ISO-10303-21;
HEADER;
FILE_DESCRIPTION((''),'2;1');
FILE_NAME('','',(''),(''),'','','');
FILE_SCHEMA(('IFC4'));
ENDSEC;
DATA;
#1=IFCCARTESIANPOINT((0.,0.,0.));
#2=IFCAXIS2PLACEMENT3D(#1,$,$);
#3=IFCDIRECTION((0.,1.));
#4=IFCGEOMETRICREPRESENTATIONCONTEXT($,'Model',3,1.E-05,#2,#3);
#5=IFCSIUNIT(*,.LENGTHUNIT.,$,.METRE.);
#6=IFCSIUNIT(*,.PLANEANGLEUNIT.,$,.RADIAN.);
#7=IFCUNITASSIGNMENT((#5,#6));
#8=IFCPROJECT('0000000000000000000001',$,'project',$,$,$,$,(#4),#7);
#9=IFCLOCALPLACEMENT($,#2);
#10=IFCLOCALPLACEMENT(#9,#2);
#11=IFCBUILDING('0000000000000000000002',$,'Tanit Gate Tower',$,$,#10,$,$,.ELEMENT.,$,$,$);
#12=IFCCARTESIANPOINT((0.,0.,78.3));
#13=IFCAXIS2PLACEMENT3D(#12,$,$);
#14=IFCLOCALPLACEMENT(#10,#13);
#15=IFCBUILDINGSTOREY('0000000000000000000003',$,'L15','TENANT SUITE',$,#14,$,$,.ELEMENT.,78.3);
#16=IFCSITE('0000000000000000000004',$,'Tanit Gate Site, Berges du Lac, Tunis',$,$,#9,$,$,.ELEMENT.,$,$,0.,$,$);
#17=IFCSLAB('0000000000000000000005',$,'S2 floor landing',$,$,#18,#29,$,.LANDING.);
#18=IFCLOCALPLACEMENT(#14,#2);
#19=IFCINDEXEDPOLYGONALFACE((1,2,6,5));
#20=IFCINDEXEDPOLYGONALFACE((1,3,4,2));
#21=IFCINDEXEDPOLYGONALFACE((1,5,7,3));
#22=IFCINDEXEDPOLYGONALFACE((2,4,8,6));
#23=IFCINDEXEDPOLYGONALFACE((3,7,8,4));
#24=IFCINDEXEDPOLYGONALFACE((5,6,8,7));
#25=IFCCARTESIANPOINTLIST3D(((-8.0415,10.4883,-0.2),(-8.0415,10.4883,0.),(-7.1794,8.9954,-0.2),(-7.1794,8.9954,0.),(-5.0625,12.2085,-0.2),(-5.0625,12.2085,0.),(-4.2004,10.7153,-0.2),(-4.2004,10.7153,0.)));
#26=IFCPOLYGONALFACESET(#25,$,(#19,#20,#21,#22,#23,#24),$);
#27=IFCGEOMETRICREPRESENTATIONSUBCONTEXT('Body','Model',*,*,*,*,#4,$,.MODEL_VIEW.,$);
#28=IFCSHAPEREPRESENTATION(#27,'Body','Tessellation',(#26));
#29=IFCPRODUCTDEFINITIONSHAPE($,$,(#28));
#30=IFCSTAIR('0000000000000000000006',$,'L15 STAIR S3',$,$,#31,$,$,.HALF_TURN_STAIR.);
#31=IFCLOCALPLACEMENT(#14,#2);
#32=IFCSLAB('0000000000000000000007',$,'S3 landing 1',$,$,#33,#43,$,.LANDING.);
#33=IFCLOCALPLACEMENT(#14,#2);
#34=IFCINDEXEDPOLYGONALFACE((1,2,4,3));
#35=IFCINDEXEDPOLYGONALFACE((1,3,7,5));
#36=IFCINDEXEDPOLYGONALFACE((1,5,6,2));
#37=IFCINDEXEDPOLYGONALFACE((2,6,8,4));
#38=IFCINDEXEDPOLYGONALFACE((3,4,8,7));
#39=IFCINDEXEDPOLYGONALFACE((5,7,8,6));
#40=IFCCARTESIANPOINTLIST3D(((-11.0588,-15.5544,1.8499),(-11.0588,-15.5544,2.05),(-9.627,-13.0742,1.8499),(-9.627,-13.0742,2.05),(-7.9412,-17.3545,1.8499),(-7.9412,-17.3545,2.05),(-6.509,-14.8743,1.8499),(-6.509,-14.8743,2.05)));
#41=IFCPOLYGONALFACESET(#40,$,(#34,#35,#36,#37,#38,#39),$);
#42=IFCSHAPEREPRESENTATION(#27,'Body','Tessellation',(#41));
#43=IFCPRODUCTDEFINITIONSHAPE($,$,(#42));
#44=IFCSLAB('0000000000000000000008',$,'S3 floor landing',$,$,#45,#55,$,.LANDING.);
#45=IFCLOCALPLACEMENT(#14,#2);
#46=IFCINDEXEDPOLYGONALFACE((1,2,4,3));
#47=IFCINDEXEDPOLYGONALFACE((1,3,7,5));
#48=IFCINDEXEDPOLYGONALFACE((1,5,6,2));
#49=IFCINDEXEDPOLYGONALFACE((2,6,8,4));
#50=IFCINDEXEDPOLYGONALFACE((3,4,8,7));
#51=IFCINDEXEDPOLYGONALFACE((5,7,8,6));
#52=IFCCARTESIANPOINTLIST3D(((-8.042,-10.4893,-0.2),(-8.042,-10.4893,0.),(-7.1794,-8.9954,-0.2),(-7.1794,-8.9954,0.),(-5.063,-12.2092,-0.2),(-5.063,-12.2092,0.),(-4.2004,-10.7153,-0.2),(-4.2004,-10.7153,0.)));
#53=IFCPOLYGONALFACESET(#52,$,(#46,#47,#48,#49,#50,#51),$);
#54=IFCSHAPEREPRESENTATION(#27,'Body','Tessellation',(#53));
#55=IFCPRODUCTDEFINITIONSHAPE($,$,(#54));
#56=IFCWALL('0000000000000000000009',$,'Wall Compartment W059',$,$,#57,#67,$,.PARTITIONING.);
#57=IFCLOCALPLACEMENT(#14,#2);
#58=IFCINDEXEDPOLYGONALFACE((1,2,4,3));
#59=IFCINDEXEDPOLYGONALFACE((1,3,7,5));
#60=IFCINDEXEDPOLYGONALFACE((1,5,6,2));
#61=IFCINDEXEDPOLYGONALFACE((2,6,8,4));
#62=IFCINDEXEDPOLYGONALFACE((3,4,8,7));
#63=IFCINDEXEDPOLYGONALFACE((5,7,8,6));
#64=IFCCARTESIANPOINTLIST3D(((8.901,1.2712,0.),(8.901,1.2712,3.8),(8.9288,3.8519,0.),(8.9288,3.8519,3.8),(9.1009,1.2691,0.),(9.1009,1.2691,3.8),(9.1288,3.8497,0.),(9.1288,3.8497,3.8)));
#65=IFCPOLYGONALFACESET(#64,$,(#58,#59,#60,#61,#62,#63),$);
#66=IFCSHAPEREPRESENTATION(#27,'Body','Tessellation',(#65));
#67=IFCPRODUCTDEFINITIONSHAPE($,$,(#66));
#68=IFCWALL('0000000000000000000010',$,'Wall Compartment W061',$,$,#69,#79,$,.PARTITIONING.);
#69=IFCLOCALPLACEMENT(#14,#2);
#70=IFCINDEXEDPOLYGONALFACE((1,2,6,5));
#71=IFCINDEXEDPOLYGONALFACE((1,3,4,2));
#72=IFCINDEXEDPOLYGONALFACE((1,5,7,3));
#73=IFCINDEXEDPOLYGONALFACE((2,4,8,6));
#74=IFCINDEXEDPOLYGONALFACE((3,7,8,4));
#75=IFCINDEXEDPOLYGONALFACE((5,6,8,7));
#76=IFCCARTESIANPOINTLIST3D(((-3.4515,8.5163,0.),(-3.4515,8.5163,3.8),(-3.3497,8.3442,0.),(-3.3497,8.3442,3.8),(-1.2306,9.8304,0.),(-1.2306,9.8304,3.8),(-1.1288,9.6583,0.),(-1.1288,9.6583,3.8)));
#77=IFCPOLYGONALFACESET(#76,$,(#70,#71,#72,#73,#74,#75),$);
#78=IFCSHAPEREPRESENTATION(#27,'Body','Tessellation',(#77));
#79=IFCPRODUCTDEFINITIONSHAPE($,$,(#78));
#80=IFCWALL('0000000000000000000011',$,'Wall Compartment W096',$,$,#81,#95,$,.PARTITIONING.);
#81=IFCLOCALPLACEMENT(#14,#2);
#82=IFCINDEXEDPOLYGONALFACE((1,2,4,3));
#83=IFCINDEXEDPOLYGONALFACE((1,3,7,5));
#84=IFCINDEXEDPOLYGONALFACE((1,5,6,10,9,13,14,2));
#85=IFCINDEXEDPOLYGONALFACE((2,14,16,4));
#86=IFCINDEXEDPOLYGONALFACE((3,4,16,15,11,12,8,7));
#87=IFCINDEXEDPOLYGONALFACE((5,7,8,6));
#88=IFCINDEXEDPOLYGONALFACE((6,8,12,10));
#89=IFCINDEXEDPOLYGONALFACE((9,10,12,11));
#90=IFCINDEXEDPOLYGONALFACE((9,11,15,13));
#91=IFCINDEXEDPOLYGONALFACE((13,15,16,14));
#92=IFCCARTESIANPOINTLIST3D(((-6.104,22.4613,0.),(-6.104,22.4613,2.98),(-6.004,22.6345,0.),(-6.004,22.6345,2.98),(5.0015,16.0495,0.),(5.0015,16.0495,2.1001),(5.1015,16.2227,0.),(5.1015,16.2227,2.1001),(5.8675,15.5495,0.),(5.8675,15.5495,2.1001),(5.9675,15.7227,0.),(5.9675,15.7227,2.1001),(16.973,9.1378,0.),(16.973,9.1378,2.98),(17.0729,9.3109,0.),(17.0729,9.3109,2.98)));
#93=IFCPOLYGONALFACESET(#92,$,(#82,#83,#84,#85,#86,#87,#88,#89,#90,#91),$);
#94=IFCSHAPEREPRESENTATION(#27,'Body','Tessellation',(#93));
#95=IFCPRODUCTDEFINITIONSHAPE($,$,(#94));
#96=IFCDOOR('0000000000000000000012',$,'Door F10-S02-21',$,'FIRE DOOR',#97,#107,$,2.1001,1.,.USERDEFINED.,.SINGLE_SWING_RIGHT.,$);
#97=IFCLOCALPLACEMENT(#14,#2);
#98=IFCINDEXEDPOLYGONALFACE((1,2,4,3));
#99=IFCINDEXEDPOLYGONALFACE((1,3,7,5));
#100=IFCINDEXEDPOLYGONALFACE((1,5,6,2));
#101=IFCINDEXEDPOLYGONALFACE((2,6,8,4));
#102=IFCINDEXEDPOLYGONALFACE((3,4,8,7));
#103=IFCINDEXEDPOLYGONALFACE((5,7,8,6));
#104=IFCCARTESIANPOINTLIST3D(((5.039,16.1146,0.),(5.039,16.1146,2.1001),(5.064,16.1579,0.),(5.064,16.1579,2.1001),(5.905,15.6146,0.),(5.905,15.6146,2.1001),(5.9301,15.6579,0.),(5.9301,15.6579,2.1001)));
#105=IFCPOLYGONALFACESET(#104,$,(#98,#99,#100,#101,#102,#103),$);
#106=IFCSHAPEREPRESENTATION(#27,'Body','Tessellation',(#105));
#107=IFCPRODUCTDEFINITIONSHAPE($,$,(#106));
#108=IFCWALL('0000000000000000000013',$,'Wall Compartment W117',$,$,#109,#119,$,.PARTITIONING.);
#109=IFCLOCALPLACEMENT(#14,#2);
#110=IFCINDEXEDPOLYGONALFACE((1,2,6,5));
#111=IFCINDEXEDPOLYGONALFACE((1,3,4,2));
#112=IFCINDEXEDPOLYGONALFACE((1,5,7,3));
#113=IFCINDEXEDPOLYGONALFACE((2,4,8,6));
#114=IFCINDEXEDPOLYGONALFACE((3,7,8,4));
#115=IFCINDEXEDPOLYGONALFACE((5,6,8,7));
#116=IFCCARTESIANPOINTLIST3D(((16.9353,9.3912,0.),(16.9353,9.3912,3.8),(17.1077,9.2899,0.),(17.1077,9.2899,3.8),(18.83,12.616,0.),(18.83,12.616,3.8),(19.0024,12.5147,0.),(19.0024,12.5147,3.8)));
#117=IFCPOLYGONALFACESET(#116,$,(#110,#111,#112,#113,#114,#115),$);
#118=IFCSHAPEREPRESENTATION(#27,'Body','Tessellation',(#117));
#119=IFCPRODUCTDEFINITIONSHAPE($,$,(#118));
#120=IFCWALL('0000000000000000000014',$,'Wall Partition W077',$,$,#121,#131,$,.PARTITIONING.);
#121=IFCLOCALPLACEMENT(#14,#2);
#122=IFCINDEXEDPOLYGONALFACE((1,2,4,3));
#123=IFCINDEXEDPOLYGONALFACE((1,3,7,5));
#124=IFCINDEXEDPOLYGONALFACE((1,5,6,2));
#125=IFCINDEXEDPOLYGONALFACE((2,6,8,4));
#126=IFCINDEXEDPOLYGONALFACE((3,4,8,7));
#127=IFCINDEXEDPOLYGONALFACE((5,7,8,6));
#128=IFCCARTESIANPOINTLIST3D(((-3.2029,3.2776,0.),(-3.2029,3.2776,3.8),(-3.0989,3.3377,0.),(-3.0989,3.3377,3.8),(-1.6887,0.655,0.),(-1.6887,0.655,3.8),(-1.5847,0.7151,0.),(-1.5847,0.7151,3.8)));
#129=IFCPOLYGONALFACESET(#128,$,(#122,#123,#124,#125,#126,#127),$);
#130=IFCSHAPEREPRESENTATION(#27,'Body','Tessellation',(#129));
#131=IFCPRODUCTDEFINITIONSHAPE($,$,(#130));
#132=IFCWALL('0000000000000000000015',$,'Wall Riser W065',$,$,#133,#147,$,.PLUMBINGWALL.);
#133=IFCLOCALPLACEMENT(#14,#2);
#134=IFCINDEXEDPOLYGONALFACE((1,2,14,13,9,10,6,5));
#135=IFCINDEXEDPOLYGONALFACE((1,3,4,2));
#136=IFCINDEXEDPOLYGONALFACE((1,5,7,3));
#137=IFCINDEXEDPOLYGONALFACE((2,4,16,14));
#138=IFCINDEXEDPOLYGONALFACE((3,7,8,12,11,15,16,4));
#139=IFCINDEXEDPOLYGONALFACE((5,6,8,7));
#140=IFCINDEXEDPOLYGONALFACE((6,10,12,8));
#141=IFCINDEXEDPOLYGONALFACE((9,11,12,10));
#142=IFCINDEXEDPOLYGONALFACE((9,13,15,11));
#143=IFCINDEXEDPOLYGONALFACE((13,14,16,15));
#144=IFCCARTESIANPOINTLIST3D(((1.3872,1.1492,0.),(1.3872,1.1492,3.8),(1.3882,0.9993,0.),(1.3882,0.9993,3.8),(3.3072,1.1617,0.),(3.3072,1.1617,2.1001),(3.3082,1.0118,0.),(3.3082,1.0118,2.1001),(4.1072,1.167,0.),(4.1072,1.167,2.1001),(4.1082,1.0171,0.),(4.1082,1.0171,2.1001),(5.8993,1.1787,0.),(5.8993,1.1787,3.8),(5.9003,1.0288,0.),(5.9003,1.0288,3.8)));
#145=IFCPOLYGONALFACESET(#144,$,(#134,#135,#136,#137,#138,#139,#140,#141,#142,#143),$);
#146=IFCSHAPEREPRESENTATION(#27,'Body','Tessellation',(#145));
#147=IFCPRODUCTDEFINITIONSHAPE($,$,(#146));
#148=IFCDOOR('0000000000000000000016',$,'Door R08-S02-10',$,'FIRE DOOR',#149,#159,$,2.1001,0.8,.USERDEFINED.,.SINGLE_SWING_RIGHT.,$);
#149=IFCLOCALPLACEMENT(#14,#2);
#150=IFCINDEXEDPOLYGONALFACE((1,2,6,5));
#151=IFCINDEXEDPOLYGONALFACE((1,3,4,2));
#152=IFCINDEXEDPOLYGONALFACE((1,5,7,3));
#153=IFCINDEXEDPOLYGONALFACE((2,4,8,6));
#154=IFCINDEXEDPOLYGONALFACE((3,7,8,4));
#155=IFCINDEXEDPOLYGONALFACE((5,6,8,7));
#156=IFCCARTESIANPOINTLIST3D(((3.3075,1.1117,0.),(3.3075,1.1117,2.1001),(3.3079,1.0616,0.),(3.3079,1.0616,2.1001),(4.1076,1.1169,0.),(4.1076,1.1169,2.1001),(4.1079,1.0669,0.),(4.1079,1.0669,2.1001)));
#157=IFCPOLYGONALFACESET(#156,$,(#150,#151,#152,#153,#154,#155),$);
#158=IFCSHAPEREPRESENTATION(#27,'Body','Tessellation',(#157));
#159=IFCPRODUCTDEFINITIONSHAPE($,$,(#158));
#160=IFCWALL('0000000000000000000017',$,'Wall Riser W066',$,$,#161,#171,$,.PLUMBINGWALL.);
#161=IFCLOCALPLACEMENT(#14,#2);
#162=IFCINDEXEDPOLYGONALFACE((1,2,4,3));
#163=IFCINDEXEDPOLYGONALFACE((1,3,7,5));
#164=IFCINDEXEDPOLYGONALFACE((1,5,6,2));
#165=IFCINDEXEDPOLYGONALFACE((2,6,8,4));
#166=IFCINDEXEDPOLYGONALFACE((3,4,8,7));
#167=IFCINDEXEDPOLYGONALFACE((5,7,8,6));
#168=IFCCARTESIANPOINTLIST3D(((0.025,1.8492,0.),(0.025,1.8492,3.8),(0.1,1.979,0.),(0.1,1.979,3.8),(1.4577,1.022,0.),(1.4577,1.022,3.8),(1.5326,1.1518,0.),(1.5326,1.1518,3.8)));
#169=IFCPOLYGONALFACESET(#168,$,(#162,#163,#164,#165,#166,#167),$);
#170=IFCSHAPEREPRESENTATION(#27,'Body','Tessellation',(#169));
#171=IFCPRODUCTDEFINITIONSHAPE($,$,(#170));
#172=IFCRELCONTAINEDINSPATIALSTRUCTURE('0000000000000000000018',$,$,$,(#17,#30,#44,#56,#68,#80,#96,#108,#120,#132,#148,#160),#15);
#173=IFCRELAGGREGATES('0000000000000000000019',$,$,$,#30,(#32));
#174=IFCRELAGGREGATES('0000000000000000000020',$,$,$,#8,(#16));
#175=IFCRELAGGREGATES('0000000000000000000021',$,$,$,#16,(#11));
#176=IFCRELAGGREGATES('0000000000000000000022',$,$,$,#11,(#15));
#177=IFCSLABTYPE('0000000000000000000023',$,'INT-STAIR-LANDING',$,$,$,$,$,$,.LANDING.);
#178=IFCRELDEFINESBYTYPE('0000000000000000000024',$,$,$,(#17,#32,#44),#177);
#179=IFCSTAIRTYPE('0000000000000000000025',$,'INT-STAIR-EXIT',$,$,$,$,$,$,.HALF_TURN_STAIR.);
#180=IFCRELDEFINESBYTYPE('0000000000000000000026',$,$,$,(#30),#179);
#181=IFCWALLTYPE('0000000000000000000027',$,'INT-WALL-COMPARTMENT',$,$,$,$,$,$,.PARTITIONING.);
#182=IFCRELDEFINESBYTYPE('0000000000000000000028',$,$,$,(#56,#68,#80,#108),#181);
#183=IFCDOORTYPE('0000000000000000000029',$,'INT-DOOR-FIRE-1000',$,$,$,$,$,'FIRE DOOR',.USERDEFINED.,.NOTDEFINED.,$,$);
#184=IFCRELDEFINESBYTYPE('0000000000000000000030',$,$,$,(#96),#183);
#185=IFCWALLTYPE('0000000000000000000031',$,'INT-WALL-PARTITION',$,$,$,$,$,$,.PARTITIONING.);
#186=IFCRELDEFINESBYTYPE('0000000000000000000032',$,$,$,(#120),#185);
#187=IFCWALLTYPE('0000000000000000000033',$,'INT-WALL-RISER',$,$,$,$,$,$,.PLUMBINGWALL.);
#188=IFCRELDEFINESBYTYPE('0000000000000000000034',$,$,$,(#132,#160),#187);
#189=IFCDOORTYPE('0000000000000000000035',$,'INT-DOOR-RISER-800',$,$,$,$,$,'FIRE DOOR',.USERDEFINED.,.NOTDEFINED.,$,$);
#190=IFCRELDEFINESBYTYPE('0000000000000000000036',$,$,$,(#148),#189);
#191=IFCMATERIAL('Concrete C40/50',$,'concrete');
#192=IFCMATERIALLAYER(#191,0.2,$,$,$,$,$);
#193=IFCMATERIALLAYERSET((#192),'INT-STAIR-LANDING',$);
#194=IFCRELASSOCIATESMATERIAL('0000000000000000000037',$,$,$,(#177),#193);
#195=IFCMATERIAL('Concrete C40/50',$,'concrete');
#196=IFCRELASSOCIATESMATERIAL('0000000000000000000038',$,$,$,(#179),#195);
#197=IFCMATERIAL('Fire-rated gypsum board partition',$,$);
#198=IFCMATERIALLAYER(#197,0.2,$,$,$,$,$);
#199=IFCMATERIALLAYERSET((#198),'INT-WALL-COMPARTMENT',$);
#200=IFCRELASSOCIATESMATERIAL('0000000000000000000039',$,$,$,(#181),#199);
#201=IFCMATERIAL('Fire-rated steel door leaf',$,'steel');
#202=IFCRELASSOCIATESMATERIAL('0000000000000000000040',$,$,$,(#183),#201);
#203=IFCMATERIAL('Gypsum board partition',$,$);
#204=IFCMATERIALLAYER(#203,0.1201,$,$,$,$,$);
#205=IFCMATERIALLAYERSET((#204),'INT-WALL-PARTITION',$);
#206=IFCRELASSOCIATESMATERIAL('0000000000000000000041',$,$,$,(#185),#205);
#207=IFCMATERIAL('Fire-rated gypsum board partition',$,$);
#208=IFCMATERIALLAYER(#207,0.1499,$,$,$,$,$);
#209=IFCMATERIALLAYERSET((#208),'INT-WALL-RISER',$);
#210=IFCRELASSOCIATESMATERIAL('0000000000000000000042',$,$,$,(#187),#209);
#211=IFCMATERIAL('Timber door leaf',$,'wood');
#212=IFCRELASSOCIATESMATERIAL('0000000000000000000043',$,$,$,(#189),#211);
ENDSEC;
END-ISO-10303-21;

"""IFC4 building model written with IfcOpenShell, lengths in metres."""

from ifc_helpers import new_model, si_unit, direction, frame, frame_2d, origin, place, context, subcontext, project, spatial, polyline, rectangle, outline, extrude, material, layer, layer_set, type_object, element, fill, aggregate, save


model = new_model("IFC4")

# Units and contexts
model_context = context("Model", 3, precision=1e-05, world=origin(), true_north=direction((0.0, 1.0)))
body_context = subcontext(model_context, "Body", "Model", "MODEL_VIEW")
ifc_project = project(units=[si_unit("LENGTHUNIT", "METRE"), si_unit("PLANEANGLEUNIT", "RADIAN")], contexts=[model_context])

# Site, building, storey
site_placement = place(None, origin())
site = spatial("IfcSite", under=ifc_project, at=site_placement, Name="Tanit Gate Site, Berges du Lac, Tunis", CompositionType="ELEMENT", RefElevation=0.0)
building_placement = place(site_placement, origin())
building = spatial("IfcBuilding", under=site, at=building_placement, Name="Tanit Gate Tower", CompositionType="ELEMENT")
storey_placement = place(building_placement, frame((0.0, 0.0, 78.3)))
storey = spatial("IfcBuildingStorey", under=building, at=storey_placement, Name="L15", Description="TENANT SUITE", CompositionType="ELEMENT", Elevation=78.3)

# Slab
ifc_material_1 = material(Name="Concrete C40/50", Category="concrete")
ifc_layer_1 = layer(ifc_material_1, 0.2)
ifc_layer_set_1 = layer_set([ifc_layer_1], Name="INT-STAIR-LANDING")
slab_type = type_object("IfcSlabType", Name="INT-STAIR-LANDING", PredefinedType="LANDING", material=ifc_layer_set_1)
slab_1_placement = place(storey_placement, frame((0.0, 0.0, -0.2)))
element("IfcSlab", 1, at=slab_1_placement, inside=storey, type_object=slab_type, Name="S2 floor landing", PredefinedType="LANDING", context=body_context, shape_type="SweptSolid", body=[
    extrude(outline(polyline([(-4.2004, 10.7153), (-5.0625, 12.2085), (-8.0415, 10.4883), (-7.1794, 8.9954), (-4.2004, 10.7153)])), origin(), (0.0, 0.0, 1.0), 0.2),
])

# Stair, slab
ifc_material_2 = material(Name="Concrete C40/50", Category="concrete")
stair_type = type_object("IfcStairType", Name="INT-STAIR-EXIT", PredefinedType="HALF_TURN_STAIR", material=ifc_material_2)
stair_1_placement = place(storey_placement, origin())
stair_1 = element("IfcStair", 2, at=stair_1_placement, inside=storey, type_object=stair_type, Name="L15 STAIR S3", PredefinedType="HALF_TURN_STAIR")
slab_2_placement = place(storey_placement, frame((0.0, 0.0, 1.8499)))
slab_2 = element("IfcSlab", 3, at=slab_2_placement, type_object=slab_type, Name="S3 landing 1", PredefinedType="LANDING", context=body_context, shape_type="SweptSolid", body=[
    extrude(outline(polyline([(-9.627, -13.0742), (-11.0588, -15.5544), (-7.9412, -17.3545), (-6.509, -14.8743), (-9.627, -13.0742)])), origin(), (0.0, 0.0, 1.0), 0.2002),
])
aggregate(stair_1, [slab_2])

# Slab
slab_3_placement = place(storey_placement, frame((0.0, 0.0, -0.2)))
element("IfcSlab", 4, at=slab_3_placement, inside=storey, type_object=slab_type, Name="S3 floor landing", PredefinedType="LANDING", context=body_context, shape_type="SweptSolid", body=[
    extrude(outline(polyline([(-7.1794, -8.9954), (-8.042, -10.4893), (-5.063, -12.2092), (-4.2004, -10.7153), (-7.1794, -8.9954)])), origin(), (0.0, 0.0, 1.0), 0.2),
])

# Walls
ifc_material_3 = material(Name="Fire-rated gypsum board partition")
ifc_layer_2 = layer(ifc_material_3, 0.2)
ifc_layer_set_2 = layer_set([ifc_layer_2], Name="INT-WALL-COMPARTMENT")
wall_type_1 = type_object("IfcWallType", Name="INT-WALL-COMPARTMENT", PredefinedType="PARTITIONING", material=ifc_layer_set_2)
wall_1_placement = place(storey_placement, frame((9.001, 1.27, 0.0), z_axis=(0.0, 0.0, 1.0), x_axis=(0.010785, 0.999942, 0.0)))
element("IfcWall", 5, at=wall_1_placement, inside=storey, type_object=wall_type_1, Name="Wall Compartment W059", PredefinedType="PARTITIONING", context=body_context, shape_type="SweptSolid", body=[
    extrude(rectangle(XDim=2.5808, YDim=0.2, at=frame_2d((1.2905, 0.0))), origin(), (0.0, 0.0, 1.0), 3.8),
])
wall_2_placement = place(storey_placement, frame((-1.1797, 9.7444, 0.0), z_axis=(0.0, 0.0, 1.0), x_axis=(-0.860616, -0.509255, 0.0)))
element("IfcWall", 6, at=wall_2_placement, inside=storey, type_object=wall_type_1, Name="Wall Compartment W061", PredefinedType="PARTITIONING", context=body_context, shape_type="SweptSolid", body=[
    extrude(rectangle(XDim=2.5806, YDim=0.2, at=frame_2d((1.2903, 0.0))), origin(), (0.0, 0.0, 1.0), 3.8),
])

# Wall, opening, door
wall_3_placement = place(storey_placement, frame((17.0229, 9.2244, 0.0), z_axis=(0.0, 0.0, 1.0), x_axis=(-0.866025, 0.500001, 0.0)))
wall_3 = element("IfcWall", 7, at=wall_3_placement, inside=storey, type_object=wall_type_1, Name="Wall Compartment W096", PredefinedType="PARTITIONING", context=body_context, shape_type="SweptSolid", body=[
    extrude(rectangle(XDim=26.647, YDim=0.2, at=frame_2d((13.3235, 0.0))), origin(), (0.0, 0.0, 1.0), 2.98),
])
opening_1_placement = place(wall_3_placement, frame((12.8235, 0.0, 0.0)))
opening_1 = element("IfcOpeningElement", 8, at=opening_1_placement, cuts=wall_3, PredefinedType="OPENING", context=body_context, shape_type="SweptSolid", body=[
    extrude(rectangle(XDim=1.0, YDim=2.1001, at=frame_2d((0.5, 1.05))), frame((0.0, 0.1099, 0.0), z_axis=(0.0, -1.0, 0.0), x_axis=(1.0, 0.0, 0.0)), (0.0, 0.0, 1.0), 0.22),
])
ifc_material_4 = material(Name="Fire-rated steel door leaf", Category="steel")
door_type_1 = type_object("IfcDoorType", Name="INT-DOOR-FIRE-1000", ElementType="FIRE DOOR", OperationType="NOTDEFINED", PredefinedType="USERDEFINED", material=ifc_material_4)
door_1_placement = place(opening_1_placement, origin())
door_1 = element("IfcDoor", 9, at=door_1_placement, inside=storey, type_object=door_type_1, Name="Door F10-S02-21", ObjectType="FIRE DOOR", OperationType="SINGLE_SWING_RIGHT", OverallHeight=2.1001, OverallWidth=1.0, PredefinedType="USERDEFINED", context=body_context, shape_type="SweptSolid", body=[
    extrude(rectangle(XDim=1.0, YDim=2.1001, at=frame_2d((0.5, 1.05))), frame((0.0, 0.0249, 0.0), z_axis=(0.0, -1.0, 0.0), x_axis=(1.0, 0.0, 0.0)), (0.0, 0.0, 1.0), 0.05),
])
fill(opening_1, door_1)

# Walls
wall_4_placement = place(storey_placement, frame((17.0215, 9.3406, 0.0), z_axis=(0.0, 0.0, 1.0), x_axis=(0.506584, 0.862191, 0.0)))
element("IfcWall", 10, at=wall_4_placement, inside=storey, type_object=wall_type_1, Name="Wall Compartment W117", PredefinedType="PARTITIONING", context=body_context, shape_type="SweptSolid", body=[
    extrude(rectangle(XDim=3.7402, YDim=0.2, at=frame_2d((1.8701, 0.0))), origin(), (0.0, 0.0, 1.0), 3.8),
])
ifc_material_5 = material(Name="Gypsum board partition")
ifc_layer_3 = layer(ifc_material_5, 0.1201)
ifc_layer_set_3 = layer_set([ifc_layer_3], Name="INT-WALL-PARTITION")
wall_type_2 = type_object("IfcWallType", Name="INT-WALL-PARTITION", PredefinedType="PARTITIONING", material=ifc_layer_set_3)
wall_5_placement = place(storey_placement, frame((-1.6367, 0.6851, 0.0), z_axis=(0.0, 0.0, 1.0), x_axis=(-0.500006, 0.866022, 0.0)))
element("IfcWall", 11, at=wall_5_placement, inside=storey, type_object=wall_type_2, Name="Wall Partition W077", PredefinedType="PARTITIONING", context=body_context, shape_type="SweptSolid", body=[
    extrude(rectangle(XDim=3.0283, YDim=0.1201, at=frame_2d((1.5142, 0.0))), origin(), (0.0, 0.0, 1.0), 3.8),
])

# Wall, opening, door
ifc_material_6 = material(Name="Fire-rated gypsum board partition")
ifc_layer_4 = layer(ifc_material_6, 0.1499)
ifc_layer_set_4 = layer_set([ifc_layer_4], Name="INT-WALL-RISER")
wall_type_3 = type_object("IfcWallType", Name="INT-WALL-RISER", PredefinedType="PLUMBINGWALL", material=ifc_layer_set_4)
wall_6_placement = place(storey_placement, frame((1.3877, 1.0742, 0.0), z_axis=(0.0, 0.0, 1.0), x_axis=(0.999979, 0.006547, 0.0)))
wall_6 = element("IfcWall", 12, at=wall_6_placement, inside=storey, type_object=wall_type_3, Name="Wall Riser W065", PredefinedType="PLUMBINGWALL", context=body_context, shape_type="SweptSolid", body=[
    extrude(rectangle(XDim=4.5122, YDim=0.1499, at=frame_2d((2.2561, 0.0))), origin(), (0.0, 0.0, 1.0), 3.8),
])
opening_2_placement = place(wall_6_placement, frame((1.9202, 0.0, 0.0)))
opening_2 = element("IfcOpeningElement", 13, at=opening_2_placement, cuts=wall_6, PredefinedType="OPENING", context=body_context, shape_type="SweptSolid", body=[
    extrude(rectangle(XDim=0.8, YDim=2.1001, at=frame_2d((0.3999, 1.05))), frame((0.0, 0.085, 0.0), z_axis=(0.0, -1.0, 0.0), x_axis=(1.0, 0.0, 0.0)), (0.0, 0.0, 1.0), 0.1699),
])
ifc_material_7 = material(Name="Timber door leaf", Category="wood")
door_type_2 = type_object("IfcDoorType", Name="INT-DOOR-RISER-800", ElementType="FIRE DOOR", OperationType="NOTDEFINED", PredefinedType="USERDEFINED", material=ifc_material_7)
door_2_placement = place(opening_2_placement, origin())
door_2 = element("IfcDoor", 14, at=door_2_placement, inside=storey, type_object=door_type_2, Name="Door R08-S02-10", ObjectType="FIRE DOOR", OperationType="SINGLE_SWING_RIGHT", OverallHeight=2.1001, OverallWidth=0.8, PredefinedType="USERDEFINED", context=body_context, shape_type="SweptSolid", body=[
    extrude(rectangle(XDim=0.8, YDim=2.1001, at=frame_2d((0.3999, 1.05))), frame((0.0, 0.0249, 0.0), z_axis=(0.0, -1.0, 0.0), x_axis=(1.0, 0.0, 0.0)), (0.0, 0.0, 1.0), 0.05),
])
fill(opening_2, door_2)

# Wall
wall_7_placement = place(storey_placement, frame((0.0625, 1.9141, 0.0), z_axis=(0.0, 0.0, 1.0), x_axis=(0.866018, -0.500012, 0.0)))
element("IfcWall", 15, at=wall_7_placement, inside=storey, type_object=wall_type_3, Name="Wall Riser W066", PredefinedType="PLUMBINGWALL", context=body_context, shape_type="SweptSolid", body=[
    extrude(rectangle(XDim=1.6543, YDim=0.1499, at=frame_2d((0.8271, 0.0))), origin(), (0.0, 0.0, 1.0), 3.8),
])

save(model, "model.ifc")
